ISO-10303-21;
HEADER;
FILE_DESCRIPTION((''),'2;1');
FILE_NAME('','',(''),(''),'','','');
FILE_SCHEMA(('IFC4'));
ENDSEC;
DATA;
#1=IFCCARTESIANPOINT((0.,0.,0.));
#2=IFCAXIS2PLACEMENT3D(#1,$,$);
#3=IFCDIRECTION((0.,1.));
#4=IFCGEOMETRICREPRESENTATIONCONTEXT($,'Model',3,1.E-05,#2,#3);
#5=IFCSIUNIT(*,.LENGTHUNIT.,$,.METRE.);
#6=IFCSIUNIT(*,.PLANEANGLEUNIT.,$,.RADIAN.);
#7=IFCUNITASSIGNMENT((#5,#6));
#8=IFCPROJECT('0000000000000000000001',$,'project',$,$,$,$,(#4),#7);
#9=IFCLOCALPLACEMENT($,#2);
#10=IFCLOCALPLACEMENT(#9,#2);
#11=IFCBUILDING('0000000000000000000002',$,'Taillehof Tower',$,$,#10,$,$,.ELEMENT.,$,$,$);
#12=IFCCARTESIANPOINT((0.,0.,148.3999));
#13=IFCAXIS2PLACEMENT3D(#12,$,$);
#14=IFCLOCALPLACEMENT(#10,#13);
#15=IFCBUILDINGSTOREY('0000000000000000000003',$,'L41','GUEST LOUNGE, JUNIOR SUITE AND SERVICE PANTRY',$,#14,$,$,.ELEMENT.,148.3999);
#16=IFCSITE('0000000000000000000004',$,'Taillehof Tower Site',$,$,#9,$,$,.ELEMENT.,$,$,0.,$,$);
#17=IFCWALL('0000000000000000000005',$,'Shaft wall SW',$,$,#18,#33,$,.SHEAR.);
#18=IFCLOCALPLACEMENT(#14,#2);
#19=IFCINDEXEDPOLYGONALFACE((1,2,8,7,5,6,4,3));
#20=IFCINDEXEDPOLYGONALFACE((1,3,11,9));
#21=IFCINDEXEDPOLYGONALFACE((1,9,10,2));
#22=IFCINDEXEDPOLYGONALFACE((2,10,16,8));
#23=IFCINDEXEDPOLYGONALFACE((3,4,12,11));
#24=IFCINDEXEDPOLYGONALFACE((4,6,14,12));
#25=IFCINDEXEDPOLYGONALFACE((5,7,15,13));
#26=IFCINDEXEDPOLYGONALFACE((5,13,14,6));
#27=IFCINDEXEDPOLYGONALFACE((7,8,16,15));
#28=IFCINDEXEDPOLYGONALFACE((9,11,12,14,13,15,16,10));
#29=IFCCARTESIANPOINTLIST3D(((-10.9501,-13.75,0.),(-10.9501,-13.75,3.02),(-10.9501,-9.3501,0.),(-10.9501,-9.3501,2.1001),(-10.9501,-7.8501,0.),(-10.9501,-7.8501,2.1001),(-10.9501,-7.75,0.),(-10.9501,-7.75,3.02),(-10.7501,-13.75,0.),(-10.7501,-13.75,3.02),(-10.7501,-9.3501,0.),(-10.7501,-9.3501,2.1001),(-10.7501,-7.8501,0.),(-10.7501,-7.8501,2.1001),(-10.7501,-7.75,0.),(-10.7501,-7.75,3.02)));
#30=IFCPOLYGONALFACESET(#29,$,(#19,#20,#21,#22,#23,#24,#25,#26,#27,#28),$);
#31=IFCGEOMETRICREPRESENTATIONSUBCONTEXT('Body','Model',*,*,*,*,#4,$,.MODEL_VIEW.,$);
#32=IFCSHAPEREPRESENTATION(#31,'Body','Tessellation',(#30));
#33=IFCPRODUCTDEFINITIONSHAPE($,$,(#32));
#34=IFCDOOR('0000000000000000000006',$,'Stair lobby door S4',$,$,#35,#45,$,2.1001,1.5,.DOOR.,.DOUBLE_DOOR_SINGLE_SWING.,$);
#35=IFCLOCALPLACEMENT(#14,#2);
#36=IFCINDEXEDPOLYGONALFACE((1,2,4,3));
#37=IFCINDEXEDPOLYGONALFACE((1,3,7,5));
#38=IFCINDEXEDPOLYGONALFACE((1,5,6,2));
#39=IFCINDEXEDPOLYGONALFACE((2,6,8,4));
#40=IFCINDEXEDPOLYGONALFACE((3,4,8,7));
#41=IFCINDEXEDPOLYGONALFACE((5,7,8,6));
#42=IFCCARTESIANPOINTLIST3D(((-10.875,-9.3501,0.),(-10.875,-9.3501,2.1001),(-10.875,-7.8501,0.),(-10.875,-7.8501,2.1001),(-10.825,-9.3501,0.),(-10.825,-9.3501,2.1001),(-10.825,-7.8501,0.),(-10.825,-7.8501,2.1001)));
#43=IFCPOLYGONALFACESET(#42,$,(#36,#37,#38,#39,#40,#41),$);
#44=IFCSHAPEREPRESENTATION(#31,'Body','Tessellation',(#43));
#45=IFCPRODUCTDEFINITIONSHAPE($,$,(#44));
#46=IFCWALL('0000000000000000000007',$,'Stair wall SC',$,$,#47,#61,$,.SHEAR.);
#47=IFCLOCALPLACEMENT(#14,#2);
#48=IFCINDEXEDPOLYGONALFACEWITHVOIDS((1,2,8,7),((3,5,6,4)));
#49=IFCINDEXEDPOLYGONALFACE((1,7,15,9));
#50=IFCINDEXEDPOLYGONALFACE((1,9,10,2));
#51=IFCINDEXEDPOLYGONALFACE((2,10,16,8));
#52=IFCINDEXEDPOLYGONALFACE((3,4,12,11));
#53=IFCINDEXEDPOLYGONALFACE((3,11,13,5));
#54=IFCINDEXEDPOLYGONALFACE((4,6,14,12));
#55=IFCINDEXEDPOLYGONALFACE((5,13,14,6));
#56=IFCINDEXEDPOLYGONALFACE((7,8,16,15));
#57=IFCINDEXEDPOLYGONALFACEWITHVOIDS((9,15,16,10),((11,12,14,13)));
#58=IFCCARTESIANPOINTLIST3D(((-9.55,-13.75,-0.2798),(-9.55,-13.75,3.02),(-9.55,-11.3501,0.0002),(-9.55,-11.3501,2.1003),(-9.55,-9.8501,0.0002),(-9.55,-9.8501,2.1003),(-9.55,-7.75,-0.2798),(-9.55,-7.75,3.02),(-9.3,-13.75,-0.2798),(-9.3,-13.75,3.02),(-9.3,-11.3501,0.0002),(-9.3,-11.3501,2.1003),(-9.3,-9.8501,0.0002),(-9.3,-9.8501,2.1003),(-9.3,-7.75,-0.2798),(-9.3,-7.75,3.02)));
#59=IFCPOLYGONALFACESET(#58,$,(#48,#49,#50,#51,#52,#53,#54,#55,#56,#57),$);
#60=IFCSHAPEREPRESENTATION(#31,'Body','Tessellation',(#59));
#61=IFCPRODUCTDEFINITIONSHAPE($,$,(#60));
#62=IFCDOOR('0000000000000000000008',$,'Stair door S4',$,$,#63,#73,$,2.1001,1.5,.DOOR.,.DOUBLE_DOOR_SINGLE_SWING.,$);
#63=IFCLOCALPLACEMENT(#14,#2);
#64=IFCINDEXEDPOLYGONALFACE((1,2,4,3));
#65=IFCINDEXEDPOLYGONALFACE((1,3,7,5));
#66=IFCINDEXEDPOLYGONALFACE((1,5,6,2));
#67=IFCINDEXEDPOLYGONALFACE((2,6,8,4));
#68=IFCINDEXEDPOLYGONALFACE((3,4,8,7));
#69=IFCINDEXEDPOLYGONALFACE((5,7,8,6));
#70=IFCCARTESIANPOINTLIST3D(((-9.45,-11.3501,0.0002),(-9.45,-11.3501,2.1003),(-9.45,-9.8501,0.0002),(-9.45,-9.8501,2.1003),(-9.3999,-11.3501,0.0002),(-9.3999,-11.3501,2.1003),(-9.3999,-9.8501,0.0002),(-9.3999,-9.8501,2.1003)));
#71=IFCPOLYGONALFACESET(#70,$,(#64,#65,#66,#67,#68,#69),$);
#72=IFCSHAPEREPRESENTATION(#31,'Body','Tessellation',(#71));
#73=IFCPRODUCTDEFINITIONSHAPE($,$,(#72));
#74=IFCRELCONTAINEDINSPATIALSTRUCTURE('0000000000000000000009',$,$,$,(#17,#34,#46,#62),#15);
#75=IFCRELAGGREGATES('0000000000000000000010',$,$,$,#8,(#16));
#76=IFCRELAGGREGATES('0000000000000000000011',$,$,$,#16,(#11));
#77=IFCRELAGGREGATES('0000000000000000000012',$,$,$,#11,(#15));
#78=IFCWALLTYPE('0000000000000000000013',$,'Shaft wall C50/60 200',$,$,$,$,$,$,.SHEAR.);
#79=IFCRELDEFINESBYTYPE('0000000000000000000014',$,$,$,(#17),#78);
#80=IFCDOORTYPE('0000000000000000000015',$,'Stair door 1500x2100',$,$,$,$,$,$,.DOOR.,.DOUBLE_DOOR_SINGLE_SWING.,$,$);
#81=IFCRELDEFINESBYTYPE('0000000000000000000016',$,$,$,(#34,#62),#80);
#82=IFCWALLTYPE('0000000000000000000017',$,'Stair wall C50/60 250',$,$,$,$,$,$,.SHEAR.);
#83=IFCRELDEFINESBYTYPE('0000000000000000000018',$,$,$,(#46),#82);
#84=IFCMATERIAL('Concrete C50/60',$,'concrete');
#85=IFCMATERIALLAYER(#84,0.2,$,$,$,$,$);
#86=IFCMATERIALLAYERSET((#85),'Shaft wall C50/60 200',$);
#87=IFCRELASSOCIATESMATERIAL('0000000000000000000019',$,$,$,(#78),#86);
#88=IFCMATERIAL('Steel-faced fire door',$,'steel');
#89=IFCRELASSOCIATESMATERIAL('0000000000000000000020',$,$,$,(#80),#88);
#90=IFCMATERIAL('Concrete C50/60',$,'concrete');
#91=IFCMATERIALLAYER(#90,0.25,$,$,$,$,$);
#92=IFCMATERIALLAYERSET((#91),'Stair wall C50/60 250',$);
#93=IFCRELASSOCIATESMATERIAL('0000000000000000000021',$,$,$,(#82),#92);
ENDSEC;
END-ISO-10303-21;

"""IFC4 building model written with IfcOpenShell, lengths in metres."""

from ifc_helpers import new_model, si_unit, direction, frame, frame_2d, origin, place, context, subcontext, project, spatial, rectangle, extrude, material, layer, layer_set, type_object, element, fill, save


model = new_model("IFC4")

# Units and contexts
model_context = context("Model", 3, precision=1e-05, world=origin(), true_north=direction((0.0, 1.0)))
body_context = subcontext(model_context, "Body", "Model", "MODEL_VIEW")
ifc_project = project(units=[si_unit("LENGTHUNIT", "METRE"), si_unit("PLANEANGLEUNIT", "RADIAN")], contexts=[model_context])

# Site, building, storey
site_placement = place(None, origin())
site = spatial("IfcSite", under=ifc_project, at=site_placement, Name="Taillehof Tower Site", CompositionType="ELEMENT", RefElevation=0.0)
building_placement = place(site_placement, origin())
building = spatial("IfcBuilding", under=site, at=building_placement, Name="Taillehof Tower", CompositionType="ELEMENT")
storey_placement = place(building_placement, frame((0.0, 0.0, 148.3999)))
storey = spatial("IfcBuildingStorey", under=building, at=storey_placement, Name="L41", Description="GUEST LOUNGE, JUNIOR SUITE AND SERVICE PANTRY", CompositionType="ELEMENT", Elevation=148.3999)

# Walls, openings, doors
ifc_material_1 = material(Name="Concrete C50/60", Category="concrete")
ifc_layer_1 = layer(ifc_material_1, 0.2)
ifc_layer_set_1 = layer_set([ifc_layer_1], Name="Shaft wall C50/60 200")
wall_type_1 = type_object("IfcWallType", Name="Shaft wall C50/60 200", PredefinedType="SHEAR", material=ifc_layer_set_1)
wall_1_placement = place(storey_placement, frame((-10.8501, -13.75, 0.0), z_axis=(0.0, 0.0, 1.0), x_axis=(0.0, 1.0, 0.0)))
wall_1 = element("IfcWall", 1, at=wall_1_placement, inside=storey, type_object=wall_type_1, Name="Shaft wall SW", PredefinedType="SHEAR", context=body_context, shape_type="SweptSolid", body=[
    extrude(rectangle(XDim=6.0, YDim=0.2, at=frame_2d((3.0, 0.0))), origin(), (0.0, 0.0, 1.0), 3.02),
])
opening_1_placement = place(wall_1_placement, frame((4.3999, 0.0, 0.0)))
opening_1 = element("IfcOpeningElement", 2, at=opening_1_placement, cuts=wall_1, PredefinedType="OPENING", context=body_context, shape_type="SweptSolid", body=[
    extrude(rectangle(XDim=1.5, YDim=2.1001, at=frame_2d((0.75, 1.05))), frame((0.0, 0.1099, 0.0), z_axis=(0.0, -1.0, 0.0), x_axis=(1.0, 0.0, 0.0)), (0.0, 0.0, 1.0), 0.22),
])
ifc_material_2 = material(Name="Steel-faced fire door", Category="steel")
door_type_1 = type_object("IfcDoorType", Name="Stair door 1500x2100", OperationType="DOUBLE_DOOR_SINGLE_SWING", PredefinedType="DOOR", material=ifc_material_2)
door_1_placement = place(opening_1_placement, origin())
door_1 = element("IfcDoor", 3, at=door_1_placement, inside=storey, type_object=door_type_1, Name="Stair lobby door S4", OperationType="DOUBLE_DOOR_SINGLE_SWING", OverallHeight=2.1001, OverallWidth=1.5, PredefinedType="DOOR", context=body_context, shape_type="SweptSolid", body=[
    extrude(rectangle(XDim=1.5, YDim=2.1001, at=frame_2d((0.75, 1.05))), frame((0.0, 0.0249, 0.0), z_axis=(0.0, -1.0, 0.0), x_axis=(1.0, 0.0, 0.0)), (0.0, 0.0, 1.0), 0.05),
])
fill(opening_1, door_1)
ifc_material_3 = material(Name="Concrete C50/60", Category="concrete")
ifc_layer_2 = layer(ifc_material_3, 0.25)
ifc_layer_set_2 = layer_set([ifc_layer_2], Name="Stair wall C50/60 250")
wall_type_2 = type_object("IfcWallType", Name="Stair wall C50/60 250", PredefinedType="SHEAR", material=ifc_layer_set_2)
wall_2_placement = place(storey_placement, frame((-9.425, -13.75, -0.2798), z_axis=(0.0, 0.0, 1.0), x_axis=(0.0, 1.0, 0.0)))
wall_2 = element("IfcWall", 4, at=wall_2_placement, inside=storey, type_object=wall_type_2, Name="Stair wall SC", PredefinedType="SHEAR", context=body_context, shape_type="SweptSolid", body=[
    extrude(rectangle(XDim=6.0, YDim=0.25, at=frame_2d((3.0, 0.0))), origin(), (0.0, 0.0, 1.0), 3.2998),
])
opening_2_placement = place(wall_2_placement, frame((2.3999, 0.0, 0.28)))
opening_2 = element("IfcOpeningElement", 5, at=opening_2_placement, cuts=wall_2, PredefinedType="OPENING", context=body_context, shape_type="SweptSolid", body=[
    extrude(rectangle(XDim=1.5, YDim=2.1001, at=frame_2d((0.75, 1.05))), frame((0.0, 0.135, 0.0), z_axis=(0.0, -1.0, 0.0), x_axis=(1.0, 0.0, 0.0)), (0.0, 0.0, 1.0), 0.27),
])
door_2_placement = place(opening_2_placement, origin())
door_2 = element("IfcDoor", 6, at=door_2_placement, inside=storey, type_object=door_type_1, Name="Stair door S4", OperationType="DOUBLE_DOOR_SINGLE_SWING", OverallHeight=2.1001, OverallWidth=1.5, PredefinedType="DOOR", context=body_context, shape_type="SweptSolid", body=[
    extrude(rectangle(XDim=1.5, YDim=2.1001, at=frame_2d((0.75, 1.05))), frame((0.0, 0.0249, 0.0), z_axis=(0.0, -1.0, 0.0), x_axis=(1.0, 0.0, 0.0)), (0.0, 0.0, 1.0), 0.05),
])
fill(opening_2, door_2)

save(model, "model.ifc")
